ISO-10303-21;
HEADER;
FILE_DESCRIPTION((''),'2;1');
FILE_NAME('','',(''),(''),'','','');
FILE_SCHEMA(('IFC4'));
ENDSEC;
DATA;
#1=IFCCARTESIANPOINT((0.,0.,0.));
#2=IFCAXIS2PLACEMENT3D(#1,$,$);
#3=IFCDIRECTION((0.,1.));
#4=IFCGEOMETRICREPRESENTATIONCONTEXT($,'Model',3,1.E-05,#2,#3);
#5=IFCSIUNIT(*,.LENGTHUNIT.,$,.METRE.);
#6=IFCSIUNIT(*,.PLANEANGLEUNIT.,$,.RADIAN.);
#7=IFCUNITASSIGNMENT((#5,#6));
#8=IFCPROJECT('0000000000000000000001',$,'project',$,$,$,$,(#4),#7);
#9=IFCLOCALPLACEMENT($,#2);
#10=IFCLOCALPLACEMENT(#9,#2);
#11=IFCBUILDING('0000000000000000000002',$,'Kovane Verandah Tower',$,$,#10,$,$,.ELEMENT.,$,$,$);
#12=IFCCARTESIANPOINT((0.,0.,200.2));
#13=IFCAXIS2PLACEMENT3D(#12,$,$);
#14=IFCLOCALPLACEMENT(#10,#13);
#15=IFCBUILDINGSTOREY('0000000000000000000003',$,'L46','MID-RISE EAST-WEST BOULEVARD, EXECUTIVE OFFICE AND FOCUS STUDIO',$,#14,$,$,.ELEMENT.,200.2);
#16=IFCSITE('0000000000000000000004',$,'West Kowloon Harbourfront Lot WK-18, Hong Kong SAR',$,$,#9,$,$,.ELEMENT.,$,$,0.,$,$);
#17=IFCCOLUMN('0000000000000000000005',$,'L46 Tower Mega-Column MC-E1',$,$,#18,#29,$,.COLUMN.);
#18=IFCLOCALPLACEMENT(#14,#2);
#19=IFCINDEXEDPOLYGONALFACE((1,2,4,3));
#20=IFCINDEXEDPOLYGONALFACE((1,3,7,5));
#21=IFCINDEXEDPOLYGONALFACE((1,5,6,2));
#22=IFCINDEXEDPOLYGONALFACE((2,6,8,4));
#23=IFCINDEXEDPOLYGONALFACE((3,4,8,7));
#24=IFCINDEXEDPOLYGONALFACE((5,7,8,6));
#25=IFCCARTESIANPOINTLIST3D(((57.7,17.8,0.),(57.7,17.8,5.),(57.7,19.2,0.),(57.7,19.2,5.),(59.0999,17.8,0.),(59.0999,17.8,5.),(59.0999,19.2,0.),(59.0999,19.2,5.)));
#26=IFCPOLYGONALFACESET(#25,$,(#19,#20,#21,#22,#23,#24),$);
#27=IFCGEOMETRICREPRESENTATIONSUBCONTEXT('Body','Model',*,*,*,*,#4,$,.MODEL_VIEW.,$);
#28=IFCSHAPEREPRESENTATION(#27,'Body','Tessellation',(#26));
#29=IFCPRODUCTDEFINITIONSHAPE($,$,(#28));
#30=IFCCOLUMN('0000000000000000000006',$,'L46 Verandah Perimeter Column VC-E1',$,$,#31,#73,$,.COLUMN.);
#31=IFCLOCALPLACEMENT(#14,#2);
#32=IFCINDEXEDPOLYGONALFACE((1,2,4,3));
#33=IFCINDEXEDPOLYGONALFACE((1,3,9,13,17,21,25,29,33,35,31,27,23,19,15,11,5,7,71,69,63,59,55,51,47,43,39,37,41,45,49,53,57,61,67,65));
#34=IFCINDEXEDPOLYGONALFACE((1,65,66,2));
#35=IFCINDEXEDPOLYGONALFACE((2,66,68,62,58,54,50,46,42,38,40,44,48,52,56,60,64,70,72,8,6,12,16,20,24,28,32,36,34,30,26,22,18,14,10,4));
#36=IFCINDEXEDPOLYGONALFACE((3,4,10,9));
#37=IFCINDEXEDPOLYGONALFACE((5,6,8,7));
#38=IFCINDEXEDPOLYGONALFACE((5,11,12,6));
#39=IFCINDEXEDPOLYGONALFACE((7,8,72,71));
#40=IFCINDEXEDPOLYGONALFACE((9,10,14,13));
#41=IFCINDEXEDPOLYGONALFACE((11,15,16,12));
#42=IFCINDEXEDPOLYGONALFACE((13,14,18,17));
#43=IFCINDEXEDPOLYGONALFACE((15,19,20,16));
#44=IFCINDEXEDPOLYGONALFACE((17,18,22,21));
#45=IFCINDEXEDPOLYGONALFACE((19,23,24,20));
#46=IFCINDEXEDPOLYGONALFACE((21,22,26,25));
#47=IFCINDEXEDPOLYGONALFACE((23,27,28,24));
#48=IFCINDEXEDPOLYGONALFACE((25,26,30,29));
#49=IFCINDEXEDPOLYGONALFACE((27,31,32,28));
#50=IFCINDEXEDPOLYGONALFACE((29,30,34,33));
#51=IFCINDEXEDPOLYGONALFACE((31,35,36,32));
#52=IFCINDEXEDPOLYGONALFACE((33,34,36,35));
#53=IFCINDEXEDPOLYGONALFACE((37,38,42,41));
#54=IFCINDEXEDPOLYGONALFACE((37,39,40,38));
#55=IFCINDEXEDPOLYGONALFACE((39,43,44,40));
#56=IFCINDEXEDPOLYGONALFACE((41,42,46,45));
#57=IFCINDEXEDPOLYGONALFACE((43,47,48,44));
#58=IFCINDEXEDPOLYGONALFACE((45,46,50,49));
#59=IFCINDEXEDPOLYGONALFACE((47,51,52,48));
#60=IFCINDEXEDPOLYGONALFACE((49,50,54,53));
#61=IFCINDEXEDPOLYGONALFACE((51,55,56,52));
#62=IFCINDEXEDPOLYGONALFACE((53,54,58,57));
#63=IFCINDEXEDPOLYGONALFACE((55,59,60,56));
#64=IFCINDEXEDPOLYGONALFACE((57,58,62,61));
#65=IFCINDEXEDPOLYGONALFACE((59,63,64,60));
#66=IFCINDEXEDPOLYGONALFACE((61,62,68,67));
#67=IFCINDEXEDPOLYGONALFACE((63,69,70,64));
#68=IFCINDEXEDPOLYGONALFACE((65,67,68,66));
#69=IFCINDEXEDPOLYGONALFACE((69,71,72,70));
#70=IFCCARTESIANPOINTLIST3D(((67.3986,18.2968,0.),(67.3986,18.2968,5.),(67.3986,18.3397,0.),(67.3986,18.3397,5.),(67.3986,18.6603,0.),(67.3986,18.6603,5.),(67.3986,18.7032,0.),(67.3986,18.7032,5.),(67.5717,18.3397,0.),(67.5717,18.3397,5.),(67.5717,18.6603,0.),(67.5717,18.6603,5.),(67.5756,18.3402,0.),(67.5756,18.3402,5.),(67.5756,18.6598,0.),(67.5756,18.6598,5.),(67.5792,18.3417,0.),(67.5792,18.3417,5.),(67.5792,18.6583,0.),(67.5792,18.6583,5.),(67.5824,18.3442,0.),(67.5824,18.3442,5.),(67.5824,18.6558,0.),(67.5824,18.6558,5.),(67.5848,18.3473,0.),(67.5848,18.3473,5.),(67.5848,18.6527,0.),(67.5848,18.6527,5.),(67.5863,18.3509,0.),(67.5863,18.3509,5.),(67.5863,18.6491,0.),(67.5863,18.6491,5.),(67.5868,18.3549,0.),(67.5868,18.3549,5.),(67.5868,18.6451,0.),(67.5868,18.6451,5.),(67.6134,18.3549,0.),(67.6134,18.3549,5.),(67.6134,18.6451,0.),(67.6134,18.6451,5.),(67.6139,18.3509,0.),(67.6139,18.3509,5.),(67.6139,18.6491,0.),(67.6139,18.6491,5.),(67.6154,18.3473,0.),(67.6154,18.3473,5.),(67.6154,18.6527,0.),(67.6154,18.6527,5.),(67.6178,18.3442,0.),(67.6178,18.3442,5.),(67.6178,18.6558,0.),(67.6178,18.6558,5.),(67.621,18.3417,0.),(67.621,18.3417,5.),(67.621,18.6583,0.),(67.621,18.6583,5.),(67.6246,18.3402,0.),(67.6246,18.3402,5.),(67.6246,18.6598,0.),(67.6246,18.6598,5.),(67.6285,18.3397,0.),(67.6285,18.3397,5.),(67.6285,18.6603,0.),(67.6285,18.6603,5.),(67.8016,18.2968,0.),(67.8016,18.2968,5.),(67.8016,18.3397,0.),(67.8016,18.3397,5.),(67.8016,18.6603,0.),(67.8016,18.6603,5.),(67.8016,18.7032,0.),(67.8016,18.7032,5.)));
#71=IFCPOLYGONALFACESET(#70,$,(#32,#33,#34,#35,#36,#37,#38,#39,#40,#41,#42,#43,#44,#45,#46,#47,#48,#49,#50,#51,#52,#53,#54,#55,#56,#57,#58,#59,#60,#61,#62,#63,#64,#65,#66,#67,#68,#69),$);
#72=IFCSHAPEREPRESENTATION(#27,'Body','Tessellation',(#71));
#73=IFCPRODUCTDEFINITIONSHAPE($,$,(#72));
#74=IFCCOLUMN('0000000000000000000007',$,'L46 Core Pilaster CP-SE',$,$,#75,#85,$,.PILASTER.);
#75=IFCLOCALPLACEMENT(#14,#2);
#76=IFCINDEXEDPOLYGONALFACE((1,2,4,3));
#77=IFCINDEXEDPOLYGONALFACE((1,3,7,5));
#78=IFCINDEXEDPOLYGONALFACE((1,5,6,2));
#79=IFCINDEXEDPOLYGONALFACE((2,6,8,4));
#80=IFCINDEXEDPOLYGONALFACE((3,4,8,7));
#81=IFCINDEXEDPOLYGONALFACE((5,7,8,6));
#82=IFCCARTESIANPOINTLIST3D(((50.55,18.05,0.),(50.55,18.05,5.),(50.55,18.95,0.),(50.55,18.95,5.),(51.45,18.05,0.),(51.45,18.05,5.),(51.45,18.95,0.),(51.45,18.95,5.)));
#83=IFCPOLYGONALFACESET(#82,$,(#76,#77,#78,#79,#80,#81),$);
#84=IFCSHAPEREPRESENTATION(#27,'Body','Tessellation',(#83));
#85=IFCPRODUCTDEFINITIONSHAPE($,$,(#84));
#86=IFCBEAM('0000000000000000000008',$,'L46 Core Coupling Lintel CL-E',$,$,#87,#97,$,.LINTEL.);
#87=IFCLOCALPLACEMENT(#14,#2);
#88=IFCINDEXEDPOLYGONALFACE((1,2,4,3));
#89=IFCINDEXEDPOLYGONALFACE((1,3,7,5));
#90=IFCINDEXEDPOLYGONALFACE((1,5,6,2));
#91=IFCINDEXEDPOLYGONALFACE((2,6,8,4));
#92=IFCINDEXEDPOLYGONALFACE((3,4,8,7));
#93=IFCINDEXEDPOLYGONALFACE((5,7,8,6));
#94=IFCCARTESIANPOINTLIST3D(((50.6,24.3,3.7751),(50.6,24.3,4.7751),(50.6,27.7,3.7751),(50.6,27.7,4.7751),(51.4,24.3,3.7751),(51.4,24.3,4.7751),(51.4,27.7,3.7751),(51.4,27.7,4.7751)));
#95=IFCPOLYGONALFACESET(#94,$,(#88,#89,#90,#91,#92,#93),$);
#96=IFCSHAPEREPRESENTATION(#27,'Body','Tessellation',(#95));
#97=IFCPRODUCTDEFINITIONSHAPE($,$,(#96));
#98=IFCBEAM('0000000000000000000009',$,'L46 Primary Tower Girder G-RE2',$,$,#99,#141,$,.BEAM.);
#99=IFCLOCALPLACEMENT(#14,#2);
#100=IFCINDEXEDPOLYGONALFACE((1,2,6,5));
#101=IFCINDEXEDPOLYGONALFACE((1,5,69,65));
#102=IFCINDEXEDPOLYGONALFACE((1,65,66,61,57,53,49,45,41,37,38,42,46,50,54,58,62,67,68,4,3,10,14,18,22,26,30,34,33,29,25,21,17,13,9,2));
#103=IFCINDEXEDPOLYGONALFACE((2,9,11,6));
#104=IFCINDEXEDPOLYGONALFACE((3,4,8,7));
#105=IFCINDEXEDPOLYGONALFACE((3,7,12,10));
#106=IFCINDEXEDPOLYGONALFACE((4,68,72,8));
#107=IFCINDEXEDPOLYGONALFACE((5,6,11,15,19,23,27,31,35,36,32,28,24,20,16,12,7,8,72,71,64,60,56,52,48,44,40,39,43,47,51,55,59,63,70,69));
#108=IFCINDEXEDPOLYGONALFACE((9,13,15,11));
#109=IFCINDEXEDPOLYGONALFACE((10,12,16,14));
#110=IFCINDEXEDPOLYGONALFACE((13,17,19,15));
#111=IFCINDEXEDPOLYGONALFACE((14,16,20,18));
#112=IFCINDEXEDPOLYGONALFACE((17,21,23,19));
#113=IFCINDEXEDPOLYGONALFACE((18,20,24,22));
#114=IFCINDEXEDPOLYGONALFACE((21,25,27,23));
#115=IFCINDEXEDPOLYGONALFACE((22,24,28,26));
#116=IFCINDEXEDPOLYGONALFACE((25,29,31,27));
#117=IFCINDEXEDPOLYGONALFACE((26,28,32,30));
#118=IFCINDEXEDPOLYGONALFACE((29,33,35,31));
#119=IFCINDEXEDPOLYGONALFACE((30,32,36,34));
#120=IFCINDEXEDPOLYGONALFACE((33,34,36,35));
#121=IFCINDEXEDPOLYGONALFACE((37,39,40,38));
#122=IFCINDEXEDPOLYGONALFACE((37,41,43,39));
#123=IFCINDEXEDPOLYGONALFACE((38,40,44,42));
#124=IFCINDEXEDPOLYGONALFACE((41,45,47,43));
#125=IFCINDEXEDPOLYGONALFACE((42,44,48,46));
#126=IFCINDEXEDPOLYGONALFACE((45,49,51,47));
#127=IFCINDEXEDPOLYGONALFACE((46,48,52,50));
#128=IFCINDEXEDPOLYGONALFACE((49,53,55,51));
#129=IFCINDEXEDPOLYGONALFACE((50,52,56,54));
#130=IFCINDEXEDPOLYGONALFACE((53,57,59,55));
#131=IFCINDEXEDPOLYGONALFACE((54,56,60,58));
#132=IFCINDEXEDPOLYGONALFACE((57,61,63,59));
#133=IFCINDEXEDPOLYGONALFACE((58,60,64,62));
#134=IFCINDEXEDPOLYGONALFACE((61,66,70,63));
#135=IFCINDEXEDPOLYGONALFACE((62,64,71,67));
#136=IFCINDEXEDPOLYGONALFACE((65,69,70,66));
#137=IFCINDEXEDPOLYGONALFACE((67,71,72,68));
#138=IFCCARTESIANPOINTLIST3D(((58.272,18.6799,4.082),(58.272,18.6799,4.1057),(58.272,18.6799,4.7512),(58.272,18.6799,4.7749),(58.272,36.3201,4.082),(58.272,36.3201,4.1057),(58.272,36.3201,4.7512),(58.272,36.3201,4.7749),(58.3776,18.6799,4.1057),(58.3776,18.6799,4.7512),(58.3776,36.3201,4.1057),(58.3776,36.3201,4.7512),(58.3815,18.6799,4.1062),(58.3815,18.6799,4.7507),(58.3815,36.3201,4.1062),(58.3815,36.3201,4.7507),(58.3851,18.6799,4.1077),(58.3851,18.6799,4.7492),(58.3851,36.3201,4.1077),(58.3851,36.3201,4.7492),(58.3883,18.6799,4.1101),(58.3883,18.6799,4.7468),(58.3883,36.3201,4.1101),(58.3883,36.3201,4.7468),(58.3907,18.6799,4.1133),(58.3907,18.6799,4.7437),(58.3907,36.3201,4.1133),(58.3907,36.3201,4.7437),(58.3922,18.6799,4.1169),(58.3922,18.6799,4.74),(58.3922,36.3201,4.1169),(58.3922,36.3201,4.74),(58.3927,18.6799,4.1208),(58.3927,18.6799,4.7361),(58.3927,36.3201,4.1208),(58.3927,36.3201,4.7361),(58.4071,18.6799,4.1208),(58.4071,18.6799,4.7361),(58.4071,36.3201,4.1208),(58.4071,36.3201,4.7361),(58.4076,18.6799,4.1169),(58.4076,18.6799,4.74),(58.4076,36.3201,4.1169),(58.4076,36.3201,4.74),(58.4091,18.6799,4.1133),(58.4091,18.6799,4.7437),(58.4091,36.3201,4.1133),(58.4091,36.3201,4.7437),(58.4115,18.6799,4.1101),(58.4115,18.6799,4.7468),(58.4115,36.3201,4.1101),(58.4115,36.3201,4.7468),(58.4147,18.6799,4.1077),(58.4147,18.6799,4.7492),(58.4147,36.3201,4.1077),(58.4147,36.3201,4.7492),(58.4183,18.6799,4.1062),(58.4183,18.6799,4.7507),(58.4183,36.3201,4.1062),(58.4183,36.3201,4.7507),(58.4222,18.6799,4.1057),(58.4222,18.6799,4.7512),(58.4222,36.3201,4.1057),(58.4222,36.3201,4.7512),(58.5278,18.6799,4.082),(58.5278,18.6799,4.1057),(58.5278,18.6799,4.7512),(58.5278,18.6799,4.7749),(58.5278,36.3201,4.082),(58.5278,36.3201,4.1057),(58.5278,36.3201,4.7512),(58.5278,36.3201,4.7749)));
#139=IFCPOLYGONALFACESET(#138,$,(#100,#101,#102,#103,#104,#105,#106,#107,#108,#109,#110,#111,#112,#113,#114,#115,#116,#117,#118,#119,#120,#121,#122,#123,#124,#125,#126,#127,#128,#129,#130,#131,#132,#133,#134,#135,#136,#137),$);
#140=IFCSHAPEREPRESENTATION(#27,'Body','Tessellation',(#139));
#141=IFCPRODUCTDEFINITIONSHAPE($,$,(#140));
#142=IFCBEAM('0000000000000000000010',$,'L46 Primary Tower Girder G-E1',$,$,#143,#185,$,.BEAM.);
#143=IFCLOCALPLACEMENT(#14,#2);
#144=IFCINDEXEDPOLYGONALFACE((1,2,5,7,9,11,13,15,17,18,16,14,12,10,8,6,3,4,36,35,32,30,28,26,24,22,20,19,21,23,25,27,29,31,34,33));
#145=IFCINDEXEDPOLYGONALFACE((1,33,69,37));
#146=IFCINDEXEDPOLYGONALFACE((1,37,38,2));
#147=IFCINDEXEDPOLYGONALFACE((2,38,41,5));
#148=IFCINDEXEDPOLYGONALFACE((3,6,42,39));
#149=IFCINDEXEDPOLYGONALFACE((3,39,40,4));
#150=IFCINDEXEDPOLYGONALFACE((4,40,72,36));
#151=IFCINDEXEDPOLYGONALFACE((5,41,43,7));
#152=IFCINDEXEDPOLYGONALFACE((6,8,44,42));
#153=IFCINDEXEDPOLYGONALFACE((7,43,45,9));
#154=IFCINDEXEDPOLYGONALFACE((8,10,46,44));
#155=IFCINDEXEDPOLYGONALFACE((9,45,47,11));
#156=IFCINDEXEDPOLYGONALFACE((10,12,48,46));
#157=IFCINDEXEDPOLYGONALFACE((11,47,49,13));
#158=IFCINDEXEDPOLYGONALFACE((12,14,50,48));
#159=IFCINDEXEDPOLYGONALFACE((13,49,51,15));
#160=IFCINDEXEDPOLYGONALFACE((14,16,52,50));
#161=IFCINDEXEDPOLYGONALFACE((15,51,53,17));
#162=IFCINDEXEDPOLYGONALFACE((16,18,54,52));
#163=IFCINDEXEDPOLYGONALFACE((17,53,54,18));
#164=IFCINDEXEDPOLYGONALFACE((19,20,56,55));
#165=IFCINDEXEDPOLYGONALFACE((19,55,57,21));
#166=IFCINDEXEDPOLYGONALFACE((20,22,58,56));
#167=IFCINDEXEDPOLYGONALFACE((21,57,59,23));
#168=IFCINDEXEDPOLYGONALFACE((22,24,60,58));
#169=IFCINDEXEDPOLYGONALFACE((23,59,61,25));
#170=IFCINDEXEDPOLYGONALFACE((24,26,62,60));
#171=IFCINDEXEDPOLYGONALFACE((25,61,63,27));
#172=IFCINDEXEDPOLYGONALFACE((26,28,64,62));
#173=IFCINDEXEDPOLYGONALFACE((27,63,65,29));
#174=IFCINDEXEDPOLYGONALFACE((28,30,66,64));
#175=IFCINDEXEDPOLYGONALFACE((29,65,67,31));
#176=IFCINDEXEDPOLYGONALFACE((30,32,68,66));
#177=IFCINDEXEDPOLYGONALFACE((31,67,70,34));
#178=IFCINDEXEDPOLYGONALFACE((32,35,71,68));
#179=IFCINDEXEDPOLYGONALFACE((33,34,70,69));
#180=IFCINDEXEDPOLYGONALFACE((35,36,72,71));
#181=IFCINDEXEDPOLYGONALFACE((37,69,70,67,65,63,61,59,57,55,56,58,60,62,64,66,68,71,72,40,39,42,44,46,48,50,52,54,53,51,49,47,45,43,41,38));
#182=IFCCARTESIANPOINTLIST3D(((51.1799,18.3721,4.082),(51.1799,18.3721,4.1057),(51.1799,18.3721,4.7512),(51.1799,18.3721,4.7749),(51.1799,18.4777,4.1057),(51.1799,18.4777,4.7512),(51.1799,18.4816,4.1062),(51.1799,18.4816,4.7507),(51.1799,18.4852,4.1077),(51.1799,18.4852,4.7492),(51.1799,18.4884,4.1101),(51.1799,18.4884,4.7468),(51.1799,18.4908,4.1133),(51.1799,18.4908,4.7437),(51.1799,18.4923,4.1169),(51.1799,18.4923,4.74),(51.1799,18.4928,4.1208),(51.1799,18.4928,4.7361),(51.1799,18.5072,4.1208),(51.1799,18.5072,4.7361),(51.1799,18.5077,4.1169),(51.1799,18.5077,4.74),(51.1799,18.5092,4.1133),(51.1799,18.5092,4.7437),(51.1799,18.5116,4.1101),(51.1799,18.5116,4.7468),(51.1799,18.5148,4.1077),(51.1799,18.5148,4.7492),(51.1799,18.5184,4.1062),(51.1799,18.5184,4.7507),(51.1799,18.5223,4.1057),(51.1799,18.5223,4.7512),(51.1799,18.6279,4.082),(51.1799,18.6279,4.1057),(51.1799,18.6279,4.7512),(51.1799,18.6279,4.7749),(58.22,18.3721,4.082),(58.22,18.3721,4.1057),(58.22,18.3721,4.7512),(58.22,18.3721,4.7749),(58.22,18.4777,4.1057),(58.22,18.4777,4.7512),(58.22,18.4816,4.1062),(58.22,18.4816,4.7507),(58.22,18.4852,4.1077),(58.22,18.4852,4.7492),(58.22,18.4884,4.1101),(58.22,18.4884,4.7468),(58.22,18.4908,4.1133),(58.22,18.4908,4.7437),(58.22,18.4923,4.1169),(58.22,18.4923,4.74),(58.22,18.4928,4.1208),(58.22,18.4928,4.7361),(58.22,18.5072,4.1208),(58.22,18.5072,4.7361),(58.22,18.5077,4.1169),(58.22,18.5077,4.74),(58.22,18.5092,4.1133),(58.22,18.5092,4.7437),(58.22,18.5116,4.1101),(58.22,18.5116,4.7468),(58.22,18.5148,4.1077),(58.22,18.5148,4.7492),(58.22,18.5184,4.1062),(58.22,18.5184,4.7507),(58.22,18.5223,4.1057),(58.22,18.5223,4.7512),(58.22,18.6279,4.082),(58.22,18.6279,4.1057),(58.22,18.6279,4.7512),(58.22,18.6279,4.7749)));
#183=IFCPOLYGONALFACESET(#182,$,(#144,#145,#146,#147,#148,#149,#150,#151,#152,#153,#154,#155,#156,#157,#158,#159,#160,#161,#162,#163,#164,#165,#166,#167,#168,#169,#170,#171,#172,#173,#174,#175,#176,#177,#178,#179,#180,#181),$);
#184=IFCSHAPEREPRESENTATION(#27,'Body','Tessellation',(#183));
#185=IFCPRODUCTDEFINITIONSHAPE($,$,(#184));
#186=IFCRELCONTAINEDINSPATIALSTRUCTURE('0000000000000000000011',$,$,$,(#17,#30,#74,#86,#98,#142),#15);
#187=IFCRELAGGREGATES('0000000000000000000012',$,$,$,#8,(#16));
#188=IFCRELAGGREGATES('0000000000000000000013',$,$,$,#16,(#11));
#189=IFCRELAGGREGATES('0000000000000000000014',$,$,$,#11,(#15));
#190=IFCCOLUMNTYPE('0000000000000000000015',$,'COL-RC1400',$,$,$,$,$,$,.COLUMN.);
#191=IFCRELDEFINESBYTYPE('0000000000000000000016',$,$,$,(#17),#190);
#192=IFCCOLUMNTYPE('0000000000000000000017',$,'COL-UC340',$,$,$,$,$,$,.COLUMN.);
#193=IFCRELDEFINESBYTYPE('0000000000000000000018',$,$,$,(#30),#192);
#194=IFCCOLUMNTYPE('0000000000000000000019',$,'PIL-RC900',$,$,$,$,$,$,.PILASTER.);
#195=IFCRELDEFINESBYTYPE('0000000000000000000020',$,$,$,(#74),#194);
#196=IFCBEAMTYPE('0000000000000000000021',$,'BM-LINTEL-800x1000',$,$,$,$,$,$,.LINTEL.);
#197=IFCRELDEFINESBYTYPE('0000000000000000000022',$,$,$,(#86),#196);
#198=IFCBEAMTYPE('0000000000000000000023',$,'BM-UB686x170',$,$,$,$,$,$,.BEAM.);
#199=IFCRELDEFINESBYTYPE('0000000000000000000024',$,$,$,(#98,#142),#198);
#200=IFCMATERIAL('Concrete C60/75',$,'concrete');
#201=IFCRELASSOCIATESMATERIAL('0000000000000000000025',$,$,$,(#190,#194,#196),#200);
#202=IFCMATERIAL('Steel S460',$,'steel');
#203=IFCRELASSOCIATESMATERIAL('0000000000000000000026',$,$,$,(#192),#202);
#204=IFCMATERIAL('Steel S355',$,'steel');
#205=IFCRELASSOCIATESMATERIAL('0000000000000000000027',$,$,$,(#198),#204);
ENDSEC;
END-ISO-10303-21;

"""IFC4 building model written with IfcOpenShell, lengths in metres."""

from ifc_helpers import new_model, si_unit, direction, frame, origin, origin_2d, place, context, subcontext, project, spatial, rectangle, i_section, extrude, material, material_profile, profile_set, type_object, element, save


model = new_model("IFC4")

# Units and contexts
model_context = context("Model", 3, precision=1e-05, world=origin(), true_north=direction((0.0, 1.0)))
body_context = subcontext(model_context, "Body", "Model", "MODEL_VIEW")
ifc_project = project(units=[si_unit("LENGTHUNIT", "METRE"), si_unit("PLANEANGLEUNIT", "RADIAN")], contexts=[model_context])

# Site, building, storey
site_placement = place(None, origin())
site = spatial("IfcSite", under=ifc_project, at=site_placement, Name="West Kowloon Harbourfront Lot WK-18, Hong Kong SAR", CompositionType="ELEMENT", RefElevation=0.0)
building_placement = place(site_placement, origin())
building = spatial("IfcBuilding", under=site, at=building_placement, Name="Kovane Verandah Tower", CompositionType="ELEMENT")
storey_placement = place(building_placement, frame((0.0, 0.0, 200.2)))
storey = spatial("IfcBuildingStorey", under=building, at=storey_placement, Name="L46", Description="MID-RISE EAST-WEST BOULEVARD, EXECUTIVE OFFICE AND FOCUS STUDIO", CompositionType="ELEMENT", Elevation=200.2)

# Columns
ifc_material_1 = material(Name="Concrete C60/75", Category="concrete")
ifc_material_profile_1 = material_profile(ifc_material_1, rectangle(XDim=1.3999, YDim=1.3999, at=origin_2d()), Name="RC1400x1400")
ifc_profile_set_1 = profile_set([ifc_material_profile_1], Name="Concrete C60/75")
column_type_1 = type_object("IfcColumnType", Name="COL-RC1400", PredefinedType="COLUMN", material=ifc_profile_set_1)
column_1_placement = place(storey_placement, frame((58.3999, 18.5, 0.0), z_axis=(0.0, 0.0, 1.0), x_axis=(1.0, 0.0, 0.0)))
element("IfcColumn", 1, at=column_1_placement, inside=storey, type_object=column_type_1, Name="L46 Tower Mega-Column MC-E1", PredefinedType="COLUMN", context=body_context, shape_type="SweptSolid", body=[
    extrude(rectangle(XDim=1.3999, YDim=1.3999, at=origin_2d()), origin(), (0.0, 0.0, 1.0), 5.0),
])
ifc_material_2 = material(Name="Steel S460", Category="steel")
ifc_material_profile_2 = material_profile(ifc_material_2, i_section(OverallWidth=0.4031, OverallDepth=0.4065, WebThickness=0.0266, FlangeThickness=0.043, FilletRadius=0.0151, at=origin_2d()), Name="UC356x406x340")
ifc_profile_set_2 = profile_set([ifc_material_profile_2], Name="Steel S460")
column_type_2 = type_object("IfcColumnType", Name="COL-UC340", PredefinedType="COLUMN", material=ifc_profile_set_2)
column_2_placement = place(storey_placement, frame((67.6001, 18.5, 0.0), z_axis=(0.0, 0.0, 1.0), x_axis=(1.0, 0.0, 0.0)))
element("IfcColumn", 2, at=column_2_placement, inside=storey, type_object=column_type_2, Name="L46 Verandah Perimeter Column VC-E1", PredefinedType="COLUMN", context=body_context, shape_type="SweptSolid", body=[
    extrude(i_section(OverallWidth=0.4031, OverallDepth=0.4065, WebThickness=0.0266, FlangeThickness=0.043, FilletRadius=0.0151, at=origin_2d()), origin(), (0.0, 0.0, 1.0), 5.0),
])
ifc_material_profile_3 = material_profile(ifc_material_1, rectangle(XDim=0.8999, YDim=0.8999, at=origin_2d()), Name="RC900x900")
ifc_profile_set_3 = profile_set([ifc_material_profile_3], Name="Concrete C60/75")
column_type_3 = type_object("IfcColumnType", Name="PIL-RC900", PredefinedType="PILASTER", material=ifc_profile_set_3)
column_3_placement = place(storey_placement, frame((51.0, 18.5, 0.0), z_axis=(0.0, 0.0, 1.0), x_axis=(1.0, 0.0, 0.0)))
element("IfcColumn", 3, at=column_3_placement, inside=storey, type_object=column_type_3, Name="L46 Core Pilaster CP-SE", PredefinedType="PILASTER", context=body_context, shape_type="SweptSolid", body=[
    extrude(rectangle(XDim=0.8999, YDim=0.8999, at=origin_2d()), origin(), (0.0, 0.0, 1.0), 5.0),
])

# Beams
ifc_material_profile_4 = material_profile(ifc_material_1, rectangle(XDim=0.8, YDim=1.0, at=origin_2d()), Name="RCB800x1000")
ifc_profile_set_4 = profile_set([ifc_material_profile_4], Name="Concrete C60/75")
beam_type_1 = type_object("IfcBeamType", Name="BM-LINTEL-800x1000", PredefinedType="LINTEL", material=ifc_profile_set_4)
beam_1_placement = place(storey_placement, frame((51.0, 24.3, 4.2751), z_axis=(0.0, 1.0, 0.0), x_axis=(-1.0, 0.0, 0.0)))
element("IfcBeam", 4, at=beam_1_placement, inside=storey, type_object=beam_type_1, Name="L46 Core Coupling Lintel CL-E", PredefinedType="LINTEL", context=body_context, shape_type="SweptSolid", body=[
    extrude(rectangle(XDim=0.8, YDim=1.0, at=origin_2d()), origin(), (0.0, 0.0, 1.0), 3.3999),
])
ifc_material_3 = material(Name="Steel S355", Category="steel")
ifc_material_profile_5 = material_profile(ifc_material_3, i_section(OverallWidth=0.2559, OverallDepth=0.6929, WebThickness=0.0144, FlangeThickness=0.0237, FilletRadius=0.0151, at=origin_2d()), Name="UB686x254x170")
ifc_profile_set_5 = profile_set([ifc_material_profile_5], Name="Steel S355")
beam_type_2 = type_object("IfcBeamType", Name="BM-UB686x170", PredefinedType="BEAM", material=ifc_profile_set_5)
beam_2_placement = place(storey_placement, frame((58.3999, 18.6799, 4.4285), z_axis=(0.0, 1.0, 0.0), x_axis=(-1.0, 0.0, 0.0)))
element("IfcBeam", 5, at=beam_2_placement, inside=storey, type_object=beam_type_2, Name="L46 Primary Tower Girder G-RE2", PredefinedType="BEAM", context=body_context, shape_type="SweptSolid", body=[
    extrude(i_section(OverallWidth=0.2559, OverallDepth=0.6929, WebThickness=0.0144, FlangeThickness=0.0237, FilletRadius=0.0151, at=origin_2d()), origin(), (0.0, 0.0, 1.0), 17.6401),
])
beam_3_placement = place(storey_placement, frame((51.1799, 18.5, 4.4285), z_axis=(1.0, 0.0, 0.0), x_axis=(0.0, 1.0, 0.0)))
element("IfcBeam", 6, at=beam_3_placement, inside=storey, type_object=beam_type_2, Name="L46 Primary Tower Girder G-E1", PredefinedType="BEAM", context=body_context, shape_type="SweptSolid", body=[
    extrude(i_section(OverallWidth=0.2559, OverallDepth=0.6929, WebThickness=0.0144, FlangeThickness=0.0237, FilletRadius=0.0151, at=origin_2d()), origin(), (0.0, 0.0, 1.0), 7.04),
])

save(model, "model.ifc")
